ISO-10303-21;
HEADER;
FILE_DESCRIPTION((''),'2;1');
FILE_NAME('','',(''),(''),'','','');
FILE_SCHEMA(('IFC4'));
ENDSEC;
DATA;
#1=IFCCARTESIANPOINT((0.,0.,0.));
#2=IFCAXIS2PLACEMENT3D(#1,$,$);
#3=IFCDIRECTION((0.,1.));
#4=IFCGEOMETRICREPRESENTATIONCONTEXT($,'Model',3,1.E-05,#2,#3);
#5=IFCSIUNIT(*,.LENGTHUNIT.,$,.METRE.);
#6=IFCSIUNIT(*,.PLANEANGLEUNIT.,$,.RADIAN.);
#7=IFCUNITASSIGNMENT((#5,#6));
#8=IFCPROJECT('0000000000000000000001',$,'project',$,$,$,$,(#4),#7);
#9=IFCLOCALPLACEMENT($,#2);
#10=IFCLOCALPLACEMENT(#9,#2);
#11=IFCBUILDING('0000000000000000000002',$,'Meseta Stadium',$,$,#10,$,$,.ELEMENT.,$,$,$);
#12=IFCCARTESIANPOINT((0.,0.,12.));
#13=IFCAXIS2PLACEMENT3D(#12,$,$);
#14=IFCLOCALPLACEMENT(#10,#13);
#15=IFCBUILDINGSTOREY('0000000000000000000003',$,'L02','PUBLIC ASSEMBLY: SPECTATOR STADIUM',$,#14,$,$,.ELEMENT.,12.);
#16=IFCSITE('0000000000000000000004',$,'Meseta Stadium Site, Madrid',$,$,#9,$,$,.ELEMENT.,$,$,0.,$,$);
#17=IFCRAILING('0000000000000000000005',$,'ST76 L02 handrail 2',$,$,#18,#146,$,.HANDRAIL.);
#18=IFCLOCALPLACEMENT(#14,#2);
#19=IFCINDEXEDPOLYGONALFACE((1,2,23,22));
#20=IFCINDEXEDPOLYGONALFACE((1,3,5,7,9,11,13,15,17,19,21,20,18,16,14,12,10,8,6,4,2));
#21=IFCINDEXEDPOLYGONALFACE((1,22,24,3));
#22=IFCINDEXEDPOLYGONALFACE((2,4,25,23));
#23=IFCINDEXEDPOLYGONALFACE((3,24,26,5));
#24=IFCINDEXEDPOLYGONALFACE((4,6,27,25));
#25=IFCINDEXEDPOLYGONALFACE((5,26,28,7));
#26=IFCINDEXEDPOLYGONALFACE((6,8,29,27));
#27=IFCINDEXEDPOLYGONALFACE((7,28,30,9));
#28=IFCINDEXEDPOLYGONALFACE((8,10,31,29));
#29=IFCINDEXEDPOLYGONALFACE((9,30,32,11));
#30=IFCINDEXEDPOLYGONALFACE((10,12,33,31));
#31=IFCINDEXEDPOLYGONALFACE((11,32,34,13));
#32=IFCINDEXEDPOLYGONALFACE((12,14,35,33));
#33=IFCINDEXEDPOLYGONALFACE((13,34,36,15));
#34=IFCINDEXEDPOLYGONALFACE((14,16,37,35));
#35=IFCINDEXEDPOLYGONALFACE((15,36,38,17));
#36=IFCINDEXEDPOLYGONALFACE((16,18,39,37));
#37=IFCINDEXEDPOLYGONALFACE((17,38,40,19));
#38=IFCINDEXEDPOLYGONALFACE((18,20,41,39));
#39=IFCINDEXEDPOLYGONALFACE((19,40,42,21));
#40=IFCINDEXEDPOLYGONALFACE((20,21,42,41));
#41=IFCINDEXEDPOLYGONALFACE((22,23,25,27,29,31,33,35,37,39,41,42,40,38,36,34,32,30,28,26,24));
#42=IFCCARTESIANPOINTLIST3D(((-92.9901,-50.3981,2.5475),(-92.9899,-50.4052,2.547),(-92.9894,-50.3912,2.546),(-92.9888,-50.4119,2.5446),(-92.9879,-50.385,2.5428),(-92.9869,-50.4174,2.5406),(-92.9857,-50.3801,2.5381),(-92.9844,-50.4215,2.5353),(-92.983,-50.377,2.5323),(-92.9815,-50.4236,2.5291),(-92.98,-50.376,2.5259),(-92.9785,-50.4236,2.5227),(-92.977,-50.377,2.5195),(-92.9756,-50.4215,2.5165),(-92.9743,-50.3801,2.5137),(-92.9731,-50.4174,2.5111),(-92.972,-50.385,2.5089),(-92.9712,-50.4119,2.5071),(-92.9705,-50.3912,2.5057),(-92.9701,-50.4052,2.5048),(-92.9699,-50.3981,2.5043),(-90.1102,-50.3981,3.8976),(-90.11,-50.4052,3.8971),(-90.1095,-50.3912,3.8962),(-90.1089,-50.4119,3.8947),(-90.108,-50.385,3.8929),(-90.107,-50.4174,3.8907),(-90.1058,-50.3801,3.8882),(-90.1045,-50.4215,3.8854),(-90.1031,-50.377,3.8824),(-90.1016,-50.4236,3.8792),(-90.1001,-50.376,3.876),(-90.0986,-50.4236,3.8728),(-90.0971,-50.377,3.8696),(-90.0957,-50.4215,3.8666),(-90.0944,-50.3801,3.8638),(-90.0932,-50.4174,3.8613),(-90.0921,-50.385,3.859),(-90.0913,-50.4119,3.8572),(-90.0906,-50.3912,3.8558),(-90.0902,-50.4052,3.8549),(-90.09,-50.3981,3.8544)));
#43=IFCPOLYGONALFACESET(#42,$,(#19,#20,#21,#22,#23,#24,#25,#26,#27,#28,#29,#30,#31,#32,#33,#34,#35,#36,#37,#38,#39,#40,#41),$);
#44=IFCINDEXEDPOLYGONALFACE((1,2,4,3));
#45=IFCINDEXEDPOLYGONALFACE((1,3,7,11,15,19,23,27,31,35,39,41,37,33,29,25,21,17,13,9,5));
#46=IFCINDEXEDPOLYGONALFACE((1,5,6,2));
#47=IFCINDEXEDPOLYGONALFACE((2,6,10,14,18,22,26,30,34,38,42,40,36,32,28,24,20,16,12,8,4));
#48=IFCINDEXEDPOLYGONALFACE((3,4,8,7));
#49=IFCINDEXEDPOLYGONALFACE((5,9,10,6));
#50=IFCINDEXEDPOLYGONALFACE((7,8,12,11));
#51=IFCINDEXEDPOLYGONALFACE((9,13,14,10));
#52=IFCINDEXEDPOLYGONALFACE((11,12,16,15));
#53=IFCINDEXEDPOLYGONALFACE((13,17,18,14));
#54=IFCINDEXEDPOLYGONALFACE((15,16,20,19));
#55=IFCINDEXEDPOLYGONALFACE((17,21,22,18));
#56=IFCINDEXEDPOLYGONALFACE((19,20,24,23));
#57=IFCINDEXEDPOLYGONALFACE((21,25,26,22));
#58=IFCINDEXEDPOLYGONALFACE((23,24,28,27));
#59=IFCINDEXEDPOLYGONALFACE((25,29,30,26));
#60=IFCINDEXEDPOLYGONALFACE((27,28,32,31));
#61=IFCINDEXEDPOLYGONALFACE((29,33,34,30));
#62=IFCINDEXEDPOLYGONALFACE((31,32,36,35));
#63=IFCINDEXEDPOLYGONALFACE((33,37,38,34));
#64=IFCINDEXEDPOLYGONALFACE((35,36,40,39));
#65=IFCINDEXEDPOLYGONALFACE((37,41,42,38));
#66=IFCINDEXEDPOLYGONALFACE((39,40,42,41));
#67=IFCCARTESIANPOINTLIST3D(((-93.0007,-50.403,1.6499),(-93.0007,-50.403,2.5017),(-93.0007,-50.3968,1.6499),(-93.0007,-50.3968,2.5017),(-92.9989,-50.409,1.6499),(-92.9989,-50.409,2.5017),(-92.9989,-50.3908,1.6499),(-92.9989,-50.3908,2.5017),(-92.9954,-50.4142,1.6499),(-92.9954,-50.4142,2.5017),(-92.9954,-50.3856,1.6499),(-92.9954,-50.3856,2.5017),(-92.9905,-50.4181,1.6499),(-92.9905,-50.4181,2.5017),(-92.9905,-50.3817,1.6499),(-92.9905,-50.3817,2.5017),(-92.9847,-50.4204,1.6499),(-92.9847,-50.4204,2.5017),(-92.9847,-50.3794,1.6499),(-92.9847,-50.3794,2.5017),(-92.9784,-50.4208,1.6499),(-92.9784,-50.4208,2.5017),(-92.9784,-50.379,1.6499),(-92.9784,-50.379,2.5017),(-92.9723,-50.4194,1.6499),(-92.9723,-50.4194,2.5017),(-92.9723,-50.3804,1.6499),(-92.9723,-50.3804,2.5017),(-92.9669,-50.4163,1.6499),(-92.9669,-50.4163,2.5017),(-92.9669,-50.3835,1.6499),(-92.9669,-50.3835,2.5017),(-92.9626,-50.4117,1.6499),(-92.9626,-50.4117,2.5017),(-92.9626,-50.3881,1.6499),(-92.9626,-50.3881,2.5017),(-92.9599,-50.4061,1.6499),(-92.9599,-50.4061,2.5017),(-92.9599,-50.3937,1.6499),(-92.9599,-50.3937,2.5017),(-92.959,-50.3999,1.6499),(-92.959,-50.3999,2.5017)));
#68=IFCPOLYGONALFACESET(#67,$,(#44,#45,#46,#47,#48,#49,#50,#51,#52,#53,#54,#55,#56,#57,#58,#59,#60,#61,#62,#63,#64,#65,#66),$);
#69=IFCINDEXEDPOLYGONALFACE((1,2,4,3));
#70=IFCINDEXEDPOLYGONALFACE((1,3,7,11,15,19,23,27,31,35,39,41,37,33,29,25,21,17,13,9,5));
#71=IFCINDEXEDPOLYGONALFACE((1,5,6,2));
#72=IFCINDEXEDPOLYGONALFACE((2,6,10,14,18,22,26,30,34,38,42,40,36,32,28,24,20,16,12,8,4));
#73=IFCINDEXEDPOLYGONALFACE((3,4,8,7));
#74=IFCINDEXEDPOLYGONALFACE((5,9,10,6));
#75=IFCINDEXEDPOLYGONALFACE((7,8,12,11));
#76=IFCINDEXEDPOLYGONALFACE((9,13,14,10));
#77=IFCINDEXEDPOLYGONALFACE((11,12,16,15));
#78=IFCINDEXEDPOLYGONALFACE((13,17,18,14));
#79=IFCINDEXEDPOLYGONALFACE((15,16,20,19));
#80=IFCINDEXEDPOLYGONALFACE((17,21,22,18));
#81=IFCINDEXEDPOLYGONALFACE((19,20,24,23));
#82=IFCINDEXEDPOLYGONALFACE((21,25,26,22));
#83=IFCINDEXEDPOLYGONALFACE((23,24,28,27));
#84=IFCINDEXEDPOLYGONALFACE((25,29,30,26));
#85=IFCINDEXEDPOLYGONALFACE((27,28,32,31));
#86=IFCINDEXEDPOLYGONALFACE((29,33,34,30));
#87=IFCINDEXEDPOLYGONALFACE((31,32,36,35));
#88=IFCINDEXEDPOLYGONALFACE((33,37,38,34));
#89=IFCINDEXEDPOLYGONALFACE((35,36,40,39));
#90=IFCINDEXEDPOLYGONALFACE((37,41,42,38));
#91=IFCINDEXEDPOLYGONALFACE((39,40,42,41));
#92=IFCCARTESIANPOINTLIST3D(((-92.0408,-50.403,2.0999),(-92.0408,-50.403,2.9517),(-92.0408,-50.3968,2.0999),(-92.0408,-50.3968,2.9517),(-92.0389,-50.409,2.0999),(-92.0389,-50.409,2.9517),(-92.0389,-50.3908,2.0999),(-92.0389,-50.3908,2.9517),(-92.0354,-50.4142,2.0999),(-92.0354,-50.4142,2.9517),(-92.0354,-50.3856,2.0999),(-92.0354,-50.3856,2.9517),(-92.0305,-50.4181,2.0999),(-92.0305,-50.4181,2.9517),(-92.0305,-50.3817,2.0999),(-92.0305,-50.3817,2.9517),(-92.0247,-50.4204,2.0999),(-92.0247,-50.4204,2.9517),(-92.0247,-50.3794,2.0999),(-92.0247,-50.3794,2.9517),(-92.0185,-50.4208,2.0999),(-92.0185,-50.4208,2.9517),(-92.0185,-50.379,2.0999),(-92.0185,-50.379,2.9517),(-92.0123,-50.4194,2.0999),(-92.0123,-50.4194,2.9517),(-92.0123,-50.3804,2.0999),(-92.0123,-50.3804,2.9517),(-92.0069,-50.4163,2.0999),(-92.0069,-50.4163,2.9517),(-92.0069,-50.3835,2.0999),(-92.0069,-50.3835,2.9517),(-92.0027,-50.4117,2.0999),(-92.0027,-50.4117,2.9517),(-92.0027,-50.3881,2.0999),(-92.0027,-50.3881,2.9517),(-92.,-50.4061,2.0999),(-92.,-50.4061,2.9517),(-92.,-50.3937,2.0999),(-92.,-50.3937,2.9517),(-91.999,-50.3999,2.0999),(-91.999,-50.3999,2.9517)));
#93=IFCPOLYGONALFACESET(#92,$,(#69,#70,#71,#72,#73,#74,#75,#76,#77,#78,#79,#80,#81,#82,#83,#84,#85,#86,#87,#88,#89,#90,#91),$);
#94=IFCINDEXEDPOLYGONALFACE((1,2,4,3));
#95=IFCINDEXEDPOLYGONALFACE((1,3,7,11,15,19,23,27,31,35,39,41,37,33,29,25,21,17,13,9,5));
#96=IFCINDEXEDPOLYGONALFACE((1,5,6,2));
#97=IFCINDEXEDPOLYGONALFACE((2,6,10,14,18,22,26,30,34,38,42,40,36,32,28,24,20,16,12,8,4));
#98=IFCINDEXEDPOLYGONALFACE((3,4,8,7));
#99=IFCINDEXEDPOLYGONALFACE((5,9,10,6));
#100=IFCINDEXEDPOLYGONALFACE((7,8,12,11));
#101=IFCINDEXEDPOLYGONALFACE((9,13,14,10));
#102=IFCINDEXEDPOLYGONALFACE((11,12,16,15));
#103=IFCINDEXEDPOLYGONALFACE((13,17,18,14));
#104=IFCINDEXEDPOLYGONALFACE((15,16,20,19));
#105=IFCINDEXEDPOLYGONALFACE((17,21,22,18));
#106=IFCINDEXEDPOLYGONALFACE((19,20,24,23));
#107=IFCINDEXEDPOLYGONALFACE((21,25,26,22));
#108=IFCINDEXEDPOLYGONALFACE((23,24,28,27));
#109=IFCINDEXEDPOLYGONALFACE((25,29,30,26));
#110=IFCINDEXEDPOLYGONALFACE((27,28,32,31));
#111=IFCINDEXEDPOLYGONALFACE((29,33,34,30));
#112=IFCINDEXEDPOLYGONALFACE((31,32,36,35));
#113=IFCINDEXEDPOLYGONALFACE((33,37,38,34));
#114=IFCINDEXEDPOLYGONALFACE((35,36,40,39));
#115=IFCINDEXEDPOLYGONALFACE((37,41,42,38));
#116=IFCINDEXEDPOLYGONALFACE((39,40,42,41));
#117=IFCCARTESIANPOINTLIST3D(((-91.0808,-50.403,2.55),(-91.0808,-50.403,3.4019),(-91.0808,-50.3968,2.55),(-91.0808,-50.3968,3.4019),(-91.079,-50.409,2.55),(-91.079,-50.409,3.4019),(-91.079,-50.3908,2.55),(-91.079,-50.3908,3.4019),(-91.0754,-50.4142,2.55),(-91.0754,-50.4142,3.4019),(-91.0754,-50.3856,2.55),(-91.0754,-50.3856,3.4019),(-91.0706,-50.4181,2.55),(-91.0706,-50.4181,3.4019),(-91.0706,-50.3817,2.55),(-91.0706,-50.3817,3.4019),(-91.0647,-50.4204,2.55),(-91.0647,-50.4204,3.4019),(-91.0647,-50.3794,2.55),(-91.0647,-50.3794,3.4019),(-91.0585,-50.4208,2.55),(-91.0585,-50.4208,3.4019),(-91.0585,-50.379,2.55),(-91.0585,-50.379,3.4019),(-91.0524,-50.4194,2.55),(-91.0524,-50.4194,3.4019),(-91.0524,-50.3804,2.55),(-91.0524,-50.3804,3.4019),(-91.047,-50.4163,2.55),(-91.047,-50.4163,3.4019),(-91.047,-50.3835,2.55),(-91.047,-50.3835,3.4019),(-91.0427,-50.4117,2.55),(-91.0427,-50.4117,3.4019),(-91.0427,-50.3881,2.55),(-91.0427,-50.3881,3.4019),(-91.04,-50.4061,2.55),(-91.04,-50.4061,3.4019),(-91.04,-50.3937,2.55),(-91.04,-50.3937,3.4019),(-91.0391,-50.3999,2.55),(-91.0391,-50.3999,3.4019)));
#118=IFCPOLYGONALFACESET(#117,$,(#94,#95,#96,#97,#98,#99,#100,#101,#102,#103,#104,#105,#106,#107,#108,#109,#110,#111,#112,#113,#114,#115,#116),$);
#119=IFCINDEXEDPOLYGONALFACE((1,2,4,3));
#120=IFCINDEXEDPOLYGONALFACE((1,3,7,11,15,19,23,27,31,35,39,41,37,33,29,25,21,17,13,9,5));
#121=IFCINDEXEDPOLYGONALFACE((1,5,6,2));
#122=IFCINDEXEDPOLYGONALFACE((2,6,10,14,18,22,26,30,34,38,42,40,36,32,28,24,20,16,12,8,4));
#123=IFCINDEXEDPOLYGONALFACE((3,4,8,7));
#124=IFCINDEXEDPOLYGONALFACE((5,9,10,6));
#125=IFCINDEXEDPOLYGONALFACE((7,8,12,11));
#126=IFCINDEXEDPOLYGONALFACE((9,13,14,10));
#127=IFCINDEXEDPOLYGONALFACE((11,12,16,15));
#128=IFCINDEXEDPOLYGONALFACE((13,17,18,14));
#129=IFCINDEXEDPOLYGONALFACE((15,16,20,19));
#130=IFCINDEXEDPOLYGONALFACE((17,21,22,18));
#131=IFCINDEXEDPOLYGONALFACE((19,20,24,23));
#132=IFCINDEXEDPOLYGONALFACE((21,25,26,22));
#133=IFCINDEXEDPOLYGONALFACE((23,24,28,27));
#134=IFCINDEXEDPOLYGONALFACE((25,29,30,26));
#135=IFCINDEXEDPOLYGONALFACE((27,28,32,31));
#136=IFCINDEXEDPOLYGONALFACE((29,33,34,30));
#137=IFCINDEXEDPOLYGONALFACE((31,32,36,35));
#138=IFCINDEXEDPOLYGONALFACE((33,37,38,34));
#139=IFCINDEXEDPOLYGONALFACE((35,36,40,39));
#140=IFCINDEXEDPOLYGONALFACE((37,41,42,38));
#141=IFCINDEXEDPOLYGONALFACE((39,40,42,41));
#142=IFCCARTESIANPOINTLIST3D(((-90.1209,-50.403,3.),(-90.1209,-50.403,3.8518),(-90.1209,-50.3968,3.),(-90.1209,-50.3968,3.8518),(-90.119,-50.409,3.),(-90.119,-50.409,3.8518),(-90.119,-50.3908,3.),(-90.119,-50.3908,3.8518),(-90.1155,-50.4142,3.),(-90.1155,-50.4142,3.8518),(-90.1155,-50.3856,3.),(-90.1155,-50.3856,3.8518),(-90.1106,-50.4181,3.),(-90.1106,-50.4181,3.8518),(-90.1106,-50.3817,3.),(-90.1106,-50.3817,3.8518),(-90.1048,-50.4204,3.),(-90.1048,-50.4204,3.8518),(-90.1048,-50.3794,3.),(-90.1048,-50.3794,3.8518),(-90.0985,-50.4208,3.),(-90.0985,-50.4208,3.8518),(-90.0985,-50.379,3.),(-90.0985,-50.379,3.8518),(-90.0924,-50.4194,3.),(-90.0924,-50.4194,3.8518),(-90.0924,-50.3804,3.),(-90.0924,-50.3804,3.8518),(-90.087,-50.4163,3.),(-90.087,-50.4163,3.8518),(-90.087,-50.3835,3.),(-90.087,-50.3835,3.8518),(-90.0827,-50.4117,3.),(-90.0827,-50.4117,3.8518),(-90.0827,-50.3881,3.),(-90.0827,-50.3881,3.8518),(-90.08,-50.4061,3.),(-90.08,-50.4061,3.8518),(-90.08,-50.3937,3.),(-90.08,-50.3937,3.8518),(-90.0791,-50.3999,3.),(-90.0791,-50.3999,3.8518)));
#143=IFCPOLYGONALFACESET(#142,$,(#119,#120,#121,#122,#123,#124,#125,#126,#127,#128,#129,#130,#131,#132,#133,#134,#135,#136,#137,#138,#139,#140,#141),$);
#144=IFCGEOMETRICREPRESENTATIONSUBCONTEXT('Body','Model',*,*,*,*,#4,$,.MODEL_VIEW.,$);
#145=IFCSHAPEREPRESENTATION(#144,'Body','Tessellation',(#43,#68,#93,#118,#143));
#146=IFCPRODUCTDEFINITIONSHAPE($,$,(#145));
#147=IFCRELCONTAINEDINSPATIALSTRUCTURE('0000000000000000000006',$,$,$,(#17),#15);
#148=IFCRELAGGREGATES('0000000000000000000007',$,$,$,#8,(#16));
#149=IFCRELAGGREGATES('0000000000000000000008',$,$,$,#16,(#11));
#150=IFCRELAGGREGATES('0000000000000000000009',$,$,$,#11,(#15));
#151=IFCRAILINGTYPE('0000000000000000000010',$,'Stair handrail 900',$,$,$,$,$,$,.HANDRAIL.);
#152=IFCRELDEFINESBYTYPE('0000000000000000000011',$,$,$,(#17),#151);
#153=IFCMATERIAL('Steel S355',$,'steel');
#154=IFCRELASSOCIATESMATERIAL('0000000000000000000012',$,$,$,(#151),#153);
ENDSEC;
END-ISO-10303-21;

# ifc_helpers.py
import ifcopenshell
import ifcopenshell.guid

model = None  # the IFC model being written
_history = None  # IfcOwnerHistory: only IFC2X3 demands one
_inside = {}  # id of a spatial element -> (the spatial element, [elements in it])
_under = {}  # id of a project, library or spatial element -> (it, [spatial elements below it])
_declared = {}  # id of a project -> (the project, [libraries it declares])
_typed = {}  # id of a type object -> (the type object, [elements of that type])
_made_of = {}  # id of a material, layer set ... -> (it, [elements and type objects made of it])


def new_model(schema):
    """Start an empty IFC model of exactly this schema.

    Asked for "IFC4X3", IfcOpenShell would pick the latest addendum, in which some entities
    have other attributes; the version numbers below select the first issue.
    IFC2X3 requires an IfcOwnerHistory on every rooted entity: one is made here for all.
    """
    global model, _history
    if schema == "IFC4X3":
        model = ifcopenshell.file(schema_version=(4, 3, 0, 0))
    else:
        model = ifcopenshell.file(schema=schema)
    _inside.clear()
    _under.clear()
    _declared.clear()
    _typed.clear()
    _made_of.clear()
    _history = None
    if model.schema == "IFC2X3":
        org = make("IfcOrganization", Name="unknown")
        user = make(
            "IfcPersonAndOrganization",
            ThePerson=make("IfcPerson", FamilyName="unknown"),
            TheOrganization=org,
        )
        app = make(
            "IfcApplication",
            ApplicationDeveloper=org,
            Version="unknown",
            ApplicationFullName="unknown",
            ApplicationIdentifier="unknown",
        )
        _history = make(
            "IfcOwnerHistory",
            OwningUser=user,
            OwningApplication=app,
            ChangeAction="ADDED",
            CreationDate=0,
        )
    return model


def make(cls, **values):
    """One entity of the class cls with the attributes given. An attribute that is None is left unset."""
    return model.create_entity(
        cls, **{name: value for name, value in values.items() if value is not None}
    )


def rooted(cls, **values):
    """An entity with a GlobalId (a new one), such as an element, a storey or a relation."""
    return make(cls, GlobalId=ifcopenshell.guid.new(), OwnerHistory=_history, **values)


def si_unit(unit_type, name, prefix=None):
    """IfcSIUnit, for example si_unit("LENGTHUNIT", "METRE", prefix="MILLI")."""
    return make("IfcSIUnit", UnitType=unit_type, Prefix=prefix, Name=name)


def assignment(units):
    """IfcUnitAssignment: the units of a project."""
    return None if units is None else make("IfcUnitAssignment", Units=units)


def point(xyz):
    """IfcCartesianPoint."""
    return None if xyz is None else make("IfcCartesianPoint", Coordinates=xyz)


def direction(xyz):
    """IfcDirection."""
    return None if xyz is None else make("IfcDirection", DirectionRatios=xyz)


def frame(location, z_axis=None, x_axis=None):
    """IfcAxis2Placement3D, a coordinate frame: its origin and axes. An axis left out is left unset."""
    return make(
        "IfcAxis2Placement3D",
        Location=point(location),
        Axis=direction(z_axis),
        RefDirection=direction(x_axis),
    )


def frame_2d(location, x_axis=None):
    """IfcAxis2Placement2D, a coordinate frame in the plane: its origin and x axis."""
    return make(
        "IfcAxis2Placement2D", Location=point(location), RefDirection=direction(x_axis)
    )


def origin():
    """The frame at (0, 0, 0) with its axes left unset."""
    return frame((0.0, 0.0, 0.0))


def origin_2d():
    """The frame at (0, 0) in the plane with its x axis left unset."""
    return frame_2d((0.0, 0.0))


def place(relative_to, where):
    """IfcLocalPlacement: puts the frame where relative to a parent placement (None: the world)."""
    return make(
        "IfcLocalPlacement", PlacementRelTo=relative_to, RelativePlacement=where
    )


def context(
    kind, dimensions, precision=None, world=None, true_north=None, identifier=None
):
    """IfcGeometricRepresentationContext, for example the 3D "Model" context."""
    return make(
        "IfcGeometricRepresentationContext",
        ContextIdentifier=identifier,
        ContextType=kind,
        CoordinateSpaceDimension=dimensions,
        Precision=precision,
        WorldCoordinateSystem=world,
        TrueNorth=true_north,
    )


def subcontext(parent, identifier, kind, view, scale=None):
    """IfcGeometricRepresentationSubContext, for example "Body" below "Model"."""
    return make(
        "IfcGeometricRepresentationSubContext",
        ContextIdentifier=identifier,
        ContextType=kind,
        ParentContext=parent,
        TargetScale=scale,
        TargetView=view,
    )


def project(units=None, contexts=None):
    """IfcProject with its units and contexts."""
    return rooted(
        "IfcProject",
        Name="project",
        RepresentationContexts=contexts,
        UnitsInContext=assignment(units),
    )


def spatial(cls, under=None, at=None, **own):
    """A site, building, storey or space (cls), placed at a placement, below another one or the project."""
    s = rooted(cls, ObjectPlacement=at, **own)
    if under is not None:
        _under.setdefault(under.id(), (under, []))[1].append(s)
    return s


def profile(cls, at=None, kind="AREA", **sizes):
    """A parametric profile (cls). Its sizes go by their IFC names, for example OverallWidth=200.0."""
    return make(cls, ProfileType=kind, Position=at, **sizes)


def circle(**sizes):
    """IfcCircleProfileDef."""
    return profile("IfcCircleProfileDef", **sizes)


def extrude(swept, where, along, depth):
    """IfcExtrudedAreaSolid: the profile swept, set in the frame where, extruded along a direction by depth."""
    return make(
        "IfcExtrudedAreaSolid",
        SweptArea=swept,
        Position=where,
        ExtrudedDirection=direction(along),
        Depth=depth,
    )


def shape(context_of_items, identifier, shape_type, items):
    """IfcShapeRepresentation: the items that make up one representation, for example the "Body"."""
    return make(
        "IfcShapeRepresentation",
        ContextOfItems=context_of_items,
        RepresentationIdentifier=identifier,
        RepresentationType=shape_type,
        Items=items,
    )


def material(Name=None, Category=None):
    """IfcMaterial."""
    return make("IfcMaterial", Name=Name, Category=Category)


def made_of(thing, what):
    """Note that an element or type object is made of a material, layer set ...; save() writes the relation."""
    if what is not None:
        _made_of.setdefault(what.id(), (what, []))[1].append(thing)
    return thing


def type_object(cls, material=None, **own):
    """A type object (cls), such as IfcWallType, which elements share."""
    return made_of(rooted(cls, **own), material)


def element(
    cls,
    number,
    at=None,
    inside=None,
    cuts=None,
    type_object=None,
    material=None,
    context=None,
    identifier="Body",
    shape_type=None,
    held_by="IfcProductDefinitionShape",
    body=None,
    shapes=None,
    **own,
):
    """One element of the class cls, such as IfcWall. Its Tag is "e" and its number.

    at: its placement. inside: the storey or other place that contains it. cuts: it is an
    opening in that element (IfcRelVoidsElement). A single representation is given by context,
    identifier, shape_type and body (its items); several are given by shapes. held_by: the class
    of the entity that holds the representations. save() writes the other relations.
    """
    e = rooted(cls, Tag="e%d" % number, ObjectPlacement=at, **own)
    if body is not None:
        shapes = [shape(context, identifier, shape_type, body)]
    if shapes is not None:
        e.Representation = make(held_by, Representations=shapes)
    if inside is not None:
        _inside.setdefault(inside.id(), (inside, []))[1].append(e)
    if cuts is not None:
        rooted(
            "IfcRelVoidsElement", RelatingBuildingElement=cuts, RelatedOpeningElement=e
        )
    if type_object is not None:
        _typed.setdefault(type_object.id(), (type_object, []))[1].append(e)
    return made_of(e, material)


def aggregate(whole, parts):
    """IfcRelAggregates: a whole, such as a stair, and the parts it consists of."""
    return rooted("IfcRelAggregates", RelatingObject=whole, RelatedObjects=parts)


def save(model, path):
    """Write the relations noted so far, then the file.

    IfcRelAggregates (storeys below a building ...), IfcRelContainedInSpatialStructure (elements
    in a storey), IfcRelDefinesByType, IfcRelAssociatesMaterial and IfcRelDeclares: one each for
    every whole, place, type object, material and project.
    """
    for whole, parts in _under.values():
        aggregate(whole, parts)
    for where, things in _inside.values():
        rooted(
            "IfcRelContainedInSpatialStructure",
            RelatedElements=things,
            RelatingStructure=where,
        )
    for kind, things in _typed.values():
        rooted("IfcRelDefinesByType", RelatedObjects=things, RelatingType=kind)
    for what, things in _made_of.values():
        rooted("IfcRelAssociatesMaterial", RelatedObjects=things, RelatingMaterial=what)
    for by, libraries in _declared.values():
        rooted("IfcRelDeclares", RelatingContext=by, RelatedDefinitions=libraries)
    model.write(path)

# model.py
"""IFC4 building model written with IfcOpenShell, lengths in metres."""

from ifc_helpers import new_model, si_unit, direction, frame, origin, origin_2d, place, context, subcontext, project, spatial, circle, extrude, material, type_object, element, save


model = new_model("IFC4")

# Units and contexts
model_context = context("Model", 3, precision=1e-05, world=origin(), true_north=direction((0.0, 1.0)))
body_context = subcontext(model_context, "Body", "Model", "MODEL_VIEW")
ifc_project = project(units=[si_unit("LENGTHUNIT", "METRE"), si_unit("PLANEANGLEUNIT", "RADIAN")], contexts=[model_context])

# Site, building, storey
site_placement = place(None, origin())
site = spatial("IfcSite", under=ifc_project, at=site_placement, Name="Meseta Stadium Site, Madrid", CompositionType="ELEMENT", RefElevation=0.0)
building_placement = place(site_placement, origin())
building = spatial("IfcBuilding", under=site, at=building_placement, Name="Meseta Stadium", CompositionType="ELEMENT")
storey_placement = place(building_placement, frame((0.0, 0.0, 12.0)))
storey = spatial("IfcBuildingStorey", under=building, at=storey_placement, Name="L02", Description="PUBLIC ASSEMBLY: SPECTATOR STADIUM", CompositionType="ELEMENT", Elevation=12.0)

# Railing
ifc_material_1 = material(Name="Steel S355", Category="steel")
railing_type_1 = type_object("IfcRailingType", Name="Stair handrail 900", PredefinedType="HANDRAIL", material=ifc_material_1)
for number, where, name in (
    (1, (-92.98, -50.3999, 1.6499), "ST76 L02 handrail 2"),
):
    element("IfcRailing", number, at=place(storey_placement, frame(where)), inside=storey, type_object=railing_type_1, Name=name, PredefinedType="HANDRAIL", context=body_context, shape_type="SweptSolid", body=[
        extrude(circle(Radius=0.0239, at=origin_2d()), frame((0.0, 0.0, 0.876), z_axis=(0.90544, 0.0, 0.424473), x_axis=(0.0, 1.0, 0.0)), (0.0, 0.0, 1.0), 3.1807),
        extrude(circle(Radius=0.021, at=origin_2d()), origin(), (0.0, 0.0, 1.0), 0.8518),
        extrude(circle(Radius=0.021, at=origin_2d()), frame((0.96, 0.0, 0.45)), (0.0, 0.0, 1.0), 0.8518),
        extrude(circle(Radius=0.021, at=origin_2d()), frame((1.9199, 0.0, 0.9001)), (0.0, 0.0, 1.0), 0.8518),
        extrude(circle(Radius=0.021, at=origin_2d()), frame((2.8799, 0.0, 1.3501)), (0.0, 0.0, 1.0), 0.8518),
    ])

save(model, "model.ifc")
